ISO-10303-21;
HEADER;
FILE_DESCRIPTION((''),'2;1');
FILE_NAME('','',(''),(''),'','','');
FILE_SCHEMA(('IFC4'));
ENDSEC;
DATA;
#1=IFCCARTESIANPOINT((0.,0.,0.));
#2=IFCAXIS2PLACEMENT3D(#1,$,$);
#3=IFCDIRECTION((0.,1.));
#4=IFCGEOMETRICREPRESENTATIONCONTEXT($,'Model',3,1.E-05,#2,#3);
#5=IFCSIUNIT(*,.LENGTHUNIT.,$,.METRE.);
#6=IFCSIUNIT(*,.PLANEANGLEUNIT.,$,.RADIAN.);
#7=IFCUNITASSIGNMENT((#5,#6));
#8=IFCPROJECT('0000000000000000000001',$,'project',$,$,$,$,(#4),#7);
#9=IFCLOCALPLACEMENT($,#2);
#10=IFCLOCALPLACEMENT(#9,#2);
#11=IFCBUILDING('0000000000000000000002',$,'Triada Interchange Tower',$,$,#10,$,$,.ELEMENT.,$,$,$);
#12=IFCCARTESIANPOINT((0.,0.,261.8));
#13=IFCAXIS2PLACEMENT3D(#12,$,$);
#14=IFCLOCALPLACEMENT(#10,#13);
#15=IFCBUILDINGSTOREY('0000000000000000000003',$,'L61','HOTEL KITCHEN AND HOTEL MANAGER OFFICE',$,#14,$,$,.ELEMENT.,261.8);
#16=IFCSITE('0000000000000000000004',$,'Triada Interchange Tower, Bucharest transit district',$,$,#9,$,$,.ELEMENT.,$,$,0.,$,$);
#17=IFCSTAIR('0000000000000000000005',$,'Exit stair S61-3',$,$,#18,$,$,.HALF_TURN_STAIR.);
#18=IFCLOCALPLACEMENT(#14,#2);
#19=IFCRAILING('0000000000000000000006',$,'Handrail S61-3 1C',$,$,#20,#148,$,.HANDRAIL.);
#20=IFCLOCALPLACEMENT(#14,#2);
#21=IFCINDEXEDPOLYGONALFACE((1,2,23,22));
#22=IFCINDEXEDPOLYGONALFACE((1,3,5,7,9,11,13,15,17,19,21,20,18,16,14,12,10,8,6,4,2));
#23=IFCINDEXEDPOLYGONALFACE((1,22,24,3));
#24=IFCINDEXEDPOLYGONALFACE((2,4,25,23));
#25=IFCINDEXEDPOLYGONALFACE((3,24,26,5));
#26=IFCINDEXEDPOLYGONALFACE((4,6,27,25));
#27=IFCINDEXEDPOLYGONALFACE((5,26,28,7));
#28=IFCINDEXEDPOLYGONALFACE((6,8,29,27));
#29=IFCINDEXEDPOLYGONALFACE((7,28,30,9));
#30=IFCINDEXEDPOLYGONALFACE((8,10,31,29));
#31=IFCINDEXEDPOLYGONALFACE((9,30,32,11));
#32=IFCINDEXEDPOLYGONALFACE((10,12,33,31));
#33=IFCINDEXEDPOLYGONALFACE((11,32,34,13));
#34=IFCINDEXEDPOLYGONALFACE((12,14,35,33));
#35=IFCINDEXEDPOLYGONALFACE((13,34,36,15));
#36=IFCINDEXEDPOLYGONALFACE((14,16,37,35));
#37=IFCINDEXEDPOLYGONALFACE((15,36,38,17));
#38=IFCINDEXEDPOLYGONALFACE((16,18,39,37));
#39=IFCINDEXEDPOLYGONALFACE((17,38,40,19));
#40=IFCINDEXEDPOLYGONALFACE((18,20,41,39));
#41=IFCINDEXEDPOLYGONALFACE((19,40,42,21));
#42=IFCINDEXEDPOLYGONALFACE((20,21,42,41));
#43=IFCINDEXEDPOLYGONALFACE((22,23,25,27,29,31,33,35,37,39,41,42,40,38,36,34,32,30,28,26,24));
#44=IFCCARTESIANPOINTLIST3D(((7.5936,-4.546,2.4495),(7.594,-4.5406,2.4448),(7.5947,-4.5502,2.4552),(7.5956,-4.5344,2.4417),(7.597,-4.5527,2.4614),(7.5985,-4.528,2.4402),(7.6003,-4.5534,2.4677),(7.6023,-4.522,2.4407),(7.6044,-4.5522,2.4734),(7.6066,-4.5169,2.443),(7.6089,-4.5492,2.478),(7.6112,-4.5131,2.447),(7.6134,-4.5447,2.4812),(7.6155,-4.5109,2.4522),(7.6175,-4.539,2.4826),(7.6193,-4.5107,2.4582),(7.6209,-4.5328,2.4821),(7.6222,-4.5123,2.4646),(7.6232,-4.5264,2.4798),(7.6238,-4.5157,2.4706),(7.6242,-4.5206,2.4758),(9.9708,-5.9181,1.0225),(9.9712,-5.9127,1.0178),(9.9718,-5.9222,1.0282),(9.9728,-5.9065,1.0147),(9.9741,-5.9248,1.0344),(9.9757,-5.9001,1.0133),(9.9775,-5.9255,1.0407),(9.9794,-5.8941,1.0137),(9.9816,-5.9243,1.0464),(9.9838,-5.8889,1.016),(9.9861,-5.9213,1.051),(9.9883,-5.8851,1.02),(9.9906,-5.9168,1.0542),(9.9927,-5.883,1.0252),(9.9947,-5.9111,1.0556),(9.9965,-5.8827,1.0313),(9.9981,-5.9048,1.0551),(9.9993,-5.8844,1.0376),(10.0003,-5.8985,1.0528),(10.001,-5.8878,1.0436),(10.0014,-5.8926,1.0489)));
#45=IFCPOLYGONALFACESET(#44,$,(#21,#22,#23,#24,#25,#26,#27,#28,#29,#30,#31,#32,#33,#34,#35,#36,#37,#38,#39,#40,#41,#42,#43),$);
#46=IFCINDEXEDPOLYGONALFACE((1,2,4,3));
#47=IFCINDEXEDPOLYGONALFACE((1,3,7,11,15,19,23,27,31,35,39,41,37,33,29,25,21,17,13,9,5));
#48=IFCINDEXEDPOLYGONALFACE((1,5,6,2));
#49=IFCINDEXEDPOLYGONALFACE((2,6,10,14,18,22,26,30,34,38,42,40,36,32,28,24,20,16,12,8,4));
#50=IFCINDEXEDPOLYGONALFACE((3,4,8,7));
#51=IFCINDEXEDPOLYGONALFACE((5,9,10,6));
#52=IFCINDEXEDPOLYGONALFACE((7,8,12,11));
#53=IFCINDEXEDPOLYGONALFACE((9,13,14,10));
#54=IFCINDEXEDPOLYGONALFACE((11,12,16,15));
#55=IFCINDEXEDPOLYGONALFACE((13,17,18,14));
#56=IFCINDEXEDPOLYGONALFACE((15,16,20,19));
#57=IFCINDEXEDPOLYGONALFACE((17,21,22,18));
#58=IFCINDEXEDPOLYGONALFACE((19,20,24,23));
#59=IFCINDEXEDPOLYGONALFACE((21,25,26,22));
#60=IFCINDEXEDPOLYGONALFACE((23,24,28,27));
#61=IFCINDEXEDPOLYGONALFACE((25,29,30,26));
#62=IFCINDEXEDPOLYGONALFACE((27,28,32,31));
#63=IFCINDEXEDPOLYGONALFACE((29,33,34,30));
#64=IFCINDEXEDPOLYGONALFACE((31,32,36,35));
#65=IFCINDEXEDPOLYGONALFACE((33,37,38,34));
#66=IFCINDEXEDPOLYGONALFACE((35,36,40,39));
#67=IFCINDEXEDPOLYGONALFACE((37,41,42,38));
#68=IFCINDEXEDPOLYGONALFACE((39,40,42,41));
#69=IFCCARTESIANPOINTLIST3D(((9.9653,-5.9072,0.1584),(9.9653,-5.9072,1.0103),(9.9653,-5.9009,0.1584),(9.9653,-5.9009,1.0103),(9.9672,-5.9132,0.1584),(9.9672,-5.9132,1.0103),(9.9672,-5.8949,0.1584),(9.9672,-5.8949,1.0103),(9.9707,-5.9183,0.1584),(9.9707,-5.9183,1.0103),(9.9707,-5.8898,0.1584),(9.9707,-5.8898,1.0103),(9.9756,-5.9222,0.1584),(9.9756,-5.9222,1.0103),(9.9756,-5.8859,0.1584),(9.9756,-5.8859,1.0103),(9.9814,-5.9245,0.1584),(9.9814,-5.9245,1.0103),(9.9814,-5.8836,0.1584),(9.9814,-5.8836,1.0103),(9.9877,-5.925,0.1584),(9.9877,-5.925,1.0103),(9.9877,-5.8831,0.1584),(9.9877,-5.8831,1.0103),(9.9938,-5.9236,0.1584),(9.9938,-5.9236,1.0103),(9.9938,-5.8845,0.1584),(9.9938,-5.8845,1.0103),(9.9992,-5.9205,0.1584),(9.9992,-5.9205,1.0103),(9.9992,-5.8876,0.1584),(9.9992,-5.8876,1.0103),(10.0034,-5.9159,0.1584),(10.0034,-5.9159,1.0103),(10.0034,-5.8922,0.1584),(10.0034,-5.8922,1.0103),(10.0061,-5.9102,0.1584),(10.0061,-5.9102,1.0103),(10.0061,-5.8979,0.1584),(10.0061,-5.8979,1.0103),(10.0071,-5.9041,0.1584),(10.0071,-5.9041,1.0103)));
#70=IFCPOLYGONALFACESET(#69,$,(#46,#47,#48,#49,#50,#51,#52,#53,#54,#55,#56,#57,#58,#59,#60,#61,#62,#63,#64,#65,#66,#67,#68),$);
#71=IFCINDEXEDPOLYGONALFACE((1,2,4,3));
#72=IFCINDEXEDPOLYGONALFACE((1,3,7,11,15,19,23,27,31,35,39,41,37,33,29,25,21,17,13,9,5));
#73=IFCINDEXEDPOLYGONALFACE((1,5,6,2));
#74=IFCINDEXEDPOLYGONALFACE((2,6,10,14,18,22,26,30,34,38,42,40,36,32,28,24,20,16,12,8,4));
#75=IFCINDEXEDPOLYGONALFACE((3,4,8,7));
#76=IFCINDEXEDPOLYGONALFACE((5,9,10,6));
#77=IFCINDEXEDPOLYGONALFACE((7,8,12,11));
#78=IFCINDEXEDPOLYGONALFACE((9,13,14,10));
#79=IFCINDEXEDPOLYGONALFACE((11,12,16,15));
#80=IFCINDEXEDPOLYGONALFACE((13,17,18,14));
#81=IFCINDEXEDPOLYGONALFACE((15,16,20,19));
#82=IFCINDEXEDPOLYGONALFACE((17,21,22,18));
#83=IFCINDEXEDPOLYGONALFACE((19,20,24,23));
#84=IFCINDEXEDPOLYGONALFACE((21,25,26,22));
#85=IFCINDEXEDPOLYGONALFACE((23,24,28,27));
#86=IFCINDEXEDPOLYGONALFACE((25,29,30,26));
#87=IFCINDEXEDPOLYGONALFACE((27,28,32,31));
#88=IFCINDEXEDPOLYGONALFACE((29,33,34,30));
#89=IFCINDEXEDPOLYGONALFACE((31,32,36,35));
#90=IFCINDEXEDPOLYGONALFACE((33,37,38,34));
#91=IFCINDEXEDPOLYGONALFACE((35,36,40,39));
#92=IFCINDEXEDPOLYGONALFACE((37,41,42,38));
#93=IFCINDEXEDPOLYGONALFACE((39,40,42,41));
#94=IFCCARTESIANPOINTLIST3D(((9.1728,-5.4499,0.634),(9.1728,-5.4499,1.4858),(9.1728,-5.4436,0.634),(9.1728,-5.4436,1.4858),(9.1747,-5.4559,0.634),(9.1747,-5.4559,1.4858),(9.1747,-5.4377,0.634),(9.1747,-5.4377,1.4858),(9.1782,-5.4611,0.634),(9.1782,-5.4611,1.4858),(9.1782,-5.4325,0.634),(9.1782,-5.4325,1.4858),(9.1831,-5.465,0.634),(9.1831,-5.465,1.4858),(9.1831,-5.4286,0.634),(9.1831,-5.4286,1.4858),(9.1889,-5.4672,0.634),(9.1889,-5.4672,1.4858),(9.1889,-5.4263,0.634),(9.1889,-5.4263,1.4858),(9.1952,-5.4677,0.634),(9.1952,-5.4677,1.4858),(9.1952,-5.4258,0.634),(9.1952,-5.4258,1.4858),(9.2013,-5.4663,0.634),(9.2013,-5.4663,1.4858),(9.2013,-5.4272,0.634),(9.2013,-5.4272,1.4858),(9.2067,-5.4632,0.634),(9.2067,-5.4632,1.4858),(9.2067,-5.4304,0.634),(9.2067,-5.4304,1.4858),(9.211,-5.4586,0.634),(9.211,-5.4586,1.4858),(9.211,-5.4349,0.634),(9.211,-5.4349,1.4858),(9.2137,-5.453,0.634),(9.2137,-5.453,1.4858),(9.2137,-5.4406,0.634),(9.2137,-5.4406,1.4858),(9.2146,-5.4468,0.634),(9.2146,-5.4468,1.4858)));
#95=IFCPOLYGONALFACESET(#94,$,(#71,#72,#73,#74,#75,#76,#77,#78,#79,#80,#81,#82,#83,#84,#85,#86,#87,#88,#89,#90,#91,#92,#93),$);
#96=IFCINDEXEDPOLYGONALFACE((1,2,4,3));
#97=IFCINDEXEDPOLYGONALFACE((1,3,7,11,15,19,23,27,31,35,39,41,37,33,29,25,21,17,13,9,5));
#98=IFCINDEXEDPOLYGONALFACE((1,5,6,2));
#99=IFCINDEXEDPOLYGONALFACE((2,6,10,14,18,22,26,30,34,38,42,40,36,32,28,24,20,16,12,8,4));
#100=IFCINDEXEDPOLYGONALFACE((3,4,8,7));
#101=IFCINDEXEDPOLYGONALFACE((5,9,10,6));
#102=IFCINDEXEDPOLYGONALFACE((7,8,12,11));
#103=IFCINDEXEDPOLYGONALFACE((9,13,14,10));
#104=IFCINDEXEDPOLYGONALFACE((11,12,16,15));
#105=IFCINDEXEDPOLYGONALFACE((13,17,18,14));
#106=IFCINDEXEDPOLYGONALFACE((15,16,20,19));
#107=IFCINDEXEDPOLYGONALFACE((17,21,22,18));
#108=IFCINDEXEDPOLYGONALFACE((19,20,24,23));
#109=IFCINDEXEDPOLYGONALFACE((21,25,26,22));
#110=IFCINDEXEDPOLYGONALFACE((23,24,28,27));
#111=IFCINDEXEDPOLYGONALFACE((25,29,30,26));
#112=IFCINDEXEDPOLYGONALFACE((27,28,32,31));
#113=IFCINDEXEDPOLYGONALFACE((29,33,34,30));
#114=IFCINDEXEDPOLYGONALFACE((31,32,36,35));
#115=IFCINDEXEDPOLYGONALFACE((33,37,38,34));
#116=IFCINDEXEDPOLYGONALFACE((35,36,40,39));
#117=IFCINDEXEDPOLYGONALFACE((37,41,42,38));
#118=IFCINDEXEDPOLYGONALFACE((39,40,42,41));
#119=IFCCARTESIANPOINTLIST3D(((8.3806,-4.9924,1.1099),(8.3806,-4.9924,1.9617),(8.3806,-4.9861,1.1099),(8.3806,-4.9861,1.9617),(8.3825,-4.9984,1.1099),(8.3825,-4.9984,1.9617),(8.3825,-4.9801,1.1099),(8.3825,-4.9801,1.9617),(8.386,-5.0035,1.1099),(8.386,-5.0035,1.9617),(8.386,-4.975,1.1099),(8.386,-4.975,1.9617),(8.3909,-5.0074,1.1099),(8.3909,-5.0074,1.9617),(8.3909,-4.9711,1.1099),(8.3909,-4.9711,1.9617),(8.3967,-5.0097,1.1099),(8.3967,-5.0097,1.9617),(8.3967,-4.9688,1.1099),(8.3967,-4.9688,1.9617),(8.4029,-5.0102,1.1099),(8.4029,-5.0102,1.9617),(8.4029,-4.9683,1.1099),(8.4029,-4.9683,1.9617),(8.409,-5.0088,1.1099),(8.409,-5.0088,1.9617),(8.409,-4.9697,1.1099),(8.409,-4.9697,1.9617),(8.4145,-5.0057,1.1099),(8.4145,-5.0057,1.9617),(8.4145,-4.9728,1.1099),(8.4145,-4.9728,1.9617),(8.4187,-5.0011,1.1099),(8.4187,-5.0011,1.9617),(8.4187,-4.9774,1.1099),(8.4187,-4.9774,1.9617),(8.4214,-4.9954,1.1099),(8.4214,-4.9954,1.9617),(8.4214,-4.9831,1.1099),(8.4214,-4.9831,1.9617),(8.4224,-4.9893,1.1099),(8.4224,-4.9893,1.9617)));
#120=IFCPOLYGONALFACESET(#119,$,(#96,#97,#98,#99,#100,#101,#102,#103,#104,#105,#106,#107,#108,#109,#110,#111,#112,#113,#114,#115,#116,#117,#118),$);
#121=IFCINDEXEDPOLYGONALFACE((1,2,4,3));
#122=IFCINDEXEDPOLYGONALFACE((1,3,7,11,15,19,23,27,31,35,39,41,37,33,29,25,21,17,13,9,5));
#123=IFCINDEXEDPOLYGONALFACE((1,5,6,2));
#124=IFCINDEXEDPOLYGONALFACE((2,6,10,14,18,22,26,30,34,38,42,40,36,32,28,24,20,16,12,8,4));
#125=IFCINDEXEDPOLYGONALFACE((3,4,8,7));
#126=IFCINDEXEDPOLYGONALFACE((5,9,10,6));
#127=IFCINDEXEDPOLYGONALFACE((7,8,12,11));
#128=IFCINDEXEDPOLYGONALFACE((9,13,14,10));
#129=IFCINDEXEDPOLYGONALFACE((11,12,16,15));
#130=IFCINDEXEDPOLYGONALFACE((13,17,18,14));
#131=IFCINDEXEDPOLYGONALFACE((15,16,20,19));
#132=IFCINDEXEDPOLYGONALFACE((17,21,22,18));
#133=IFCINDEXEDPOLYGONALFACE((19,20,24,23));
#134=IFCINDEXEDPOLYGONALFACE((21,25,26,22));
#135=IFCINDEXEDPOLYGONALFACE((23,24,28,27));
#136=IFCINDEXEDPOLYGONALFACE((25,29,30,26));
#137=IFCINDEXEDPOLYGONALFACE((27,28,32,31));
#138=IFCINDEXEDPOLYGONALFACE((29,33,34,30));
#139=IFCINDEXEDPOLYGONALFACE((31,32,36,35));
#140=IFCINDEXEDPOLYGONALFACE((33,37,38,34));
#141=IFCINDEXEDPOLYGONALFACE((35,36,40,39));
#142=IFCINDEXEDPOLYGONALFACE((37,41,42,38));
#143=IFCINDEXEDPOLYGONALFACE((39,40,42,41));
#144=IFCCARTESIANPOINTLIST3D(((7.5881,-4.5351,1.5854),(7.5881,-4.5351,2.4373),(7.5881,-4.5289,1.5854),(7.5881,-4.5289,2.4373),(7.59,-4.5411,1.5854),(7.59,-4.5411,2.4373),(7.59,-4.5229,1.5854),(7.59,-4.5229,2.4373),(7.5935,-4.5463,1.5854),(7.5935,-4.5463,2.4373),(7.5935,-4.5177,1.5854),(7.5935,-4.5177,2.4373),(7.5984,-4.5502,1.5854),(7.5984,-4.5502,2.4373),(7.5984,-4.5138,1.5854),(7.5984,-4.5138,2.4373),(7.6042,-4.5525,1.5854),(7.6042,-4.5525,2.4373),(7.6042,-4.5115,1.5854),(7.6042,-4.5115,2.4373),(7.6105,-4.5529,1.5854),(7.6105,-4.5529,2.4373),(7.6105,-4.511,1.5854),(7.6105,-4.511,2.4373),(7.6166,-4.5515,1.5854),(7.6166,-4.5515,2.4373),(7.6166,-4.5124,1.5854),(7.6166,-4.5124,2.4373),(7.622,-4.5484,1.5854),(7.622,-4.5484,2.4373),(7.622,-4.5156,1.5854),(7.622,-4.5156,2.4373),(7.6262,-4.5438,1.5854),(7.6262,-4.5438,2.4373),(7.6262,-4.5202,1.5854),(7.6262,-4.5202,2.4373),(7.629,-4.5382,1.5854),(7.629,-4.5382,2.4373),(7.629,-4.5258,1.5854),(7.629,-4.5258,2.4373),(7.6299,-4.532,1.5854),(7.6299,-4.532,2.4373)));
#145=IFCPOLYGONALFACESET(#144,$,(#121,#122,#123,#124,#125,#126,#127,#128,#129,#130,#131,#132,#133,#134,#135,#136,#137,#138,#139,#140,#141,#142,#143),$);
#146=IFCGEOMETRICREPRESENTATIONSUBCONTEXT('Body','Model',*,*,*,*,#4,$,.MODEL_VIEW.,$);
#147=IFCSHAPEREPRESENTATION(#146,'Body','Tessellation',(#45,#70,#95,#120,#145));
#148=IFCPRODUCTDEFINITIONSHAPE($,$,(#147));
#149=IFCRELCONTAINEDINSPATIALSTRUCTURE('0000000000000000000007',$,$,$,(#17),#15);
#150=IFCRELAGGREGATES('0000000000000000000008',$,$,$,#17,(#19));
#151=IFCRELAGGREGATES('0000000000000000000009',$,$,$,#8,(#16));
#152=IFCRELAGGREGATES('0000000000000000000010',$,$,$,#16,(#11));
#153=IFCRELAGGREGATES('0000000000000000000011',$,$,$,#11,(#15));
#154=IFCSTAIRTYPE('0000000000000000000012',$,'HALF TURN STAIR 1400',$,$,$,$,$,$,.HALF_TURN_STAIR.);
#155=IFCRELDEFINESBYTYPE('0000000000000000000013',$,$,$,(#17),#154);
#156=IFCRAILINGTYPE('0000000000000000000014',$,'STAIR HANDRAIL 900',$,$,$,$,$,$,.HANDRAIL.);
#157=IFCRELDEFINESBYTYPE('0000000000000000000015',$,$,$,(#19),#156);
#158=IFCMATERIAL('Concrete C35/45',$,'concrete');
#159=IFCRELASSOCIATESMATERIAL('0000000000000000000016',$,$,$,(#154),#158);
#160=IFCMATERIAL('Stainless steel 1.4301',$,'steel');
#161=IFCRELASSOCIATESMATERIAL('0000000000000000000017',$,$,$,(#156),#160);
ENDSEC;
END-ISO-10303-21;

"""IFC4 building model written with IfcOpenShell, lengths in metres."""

from ifc_helpers import new_model, si_unit, direction, frame, origin, origin_2d, place, context, subcontext, project, spatial, circle, extrude, material, type_object, element, aggregate, save


model = new_model("IFC4")

# Units and contexts
model_context = context("Model", 3, precision=1e-05, world=origin(), true_north=direction((0.0, 1.0)))
body_context = subcontext(model_context, "Body", "Model", "MODEL_VIEW")
ifc_project = project(units=[si_unit("LENGTHUNIT", "METRE"), si_unit("PLANEANGLEUNIT", "RADIAN")], contexts=[model_context])

# Site, building, storey
site_placement = place(None, origin())
site = spatial("IfcSite", under=ifc_project, at=site_placement, Name="Triada Interchange Tower, Bucharest transit district", CompositionType="ELEMENT", RefElevation=0.0)
building_placement = place(site_placement, origin())
building = spatial("IfcBuilding", under=site, at=building_placement, Name="Triada Interchange Tower", CompositionType="ELEMENT")
storey_placement = place(building_placement, frame((0.0, 0.0, 261.8)))
storey = spatial("IfcBuildingStorey", under=building, at=storey_placement, Name="L61", Description="HOTEL KITCHEN AND HOTEL MANAGER OFFICE", CompositionType="ELEMENT", Elevation=261.8)

# Shared definitions
ifc_material_1 = material(Name="Concrete C35/45", Category="concrete")

# Stair, railing
stair_type = type_object("IfcStairType", Name="HALF TURN STAIR 1400", PredefinedType="HALF_TURN_STAIR", material=ifc_material_1)
stair_placement = place(storey_placement, origin())
stair = element("IfcStair", 1, at=stair_placement, inside=storey, type_object=stair_type, Name="Exit stair S61-3", PredefinedType="HALF_TURN_STAIR")
ifc_material_2 = material(Name="Stainless steel 1.4301", Category="steel")
railing_type_1 = type_object("IfcRailingType", Name="STAIR HANDRAIL 900", PredefinedType="HANDRAIL", material=ifc_material_2)
railing_1_placement = place(storey_placement, frame((9.9861, -5.9041, 0.1584)))
railing_1 = element("IfcRailing", 2, at=railing_1_placement, type_object=railing_type_1, Name="Handrail S61-3 1C", PredefinedType="HANDRAIL", context=body_context, shape_type="SweptSolid", body=[
    extrude(circle(Radius=0.0239, at=origin_2d()), frame((0.0, 0.0, 0.876), z_axis=(-0.76844, 0.443528, 0.461285), x_axis=(-0.499889, -0.866089, 0.0)), (0.0, 0.0, 1.0), 3.0935),
    extrude(circle(Radius=0.021, at=origin_2d()), origin(), (0.0, 0.0, 1.0), 0.8518),
    extrude(circle(Radius=0.021, at=origin_2d()), frame((-0.7925, 0.4573, 0.4756)), (0.0, 0.0, 1.0), 0.8518),
    extrude(circle(Radius=0.021, at=origin_2d()), frame((-1.5847, 0.9148, 0.9514)), (0.0, 0.0, 1.0), 0.8518),
    extrude(circle(Radius=0.021, at=origin_2d()), frame((-2.3772, 1.3721, 1.427)), (0.0, 0.0, 1.0), 0.8518),
])
aggregate(stair, [railing_1])

save(model, "model.ifc")
